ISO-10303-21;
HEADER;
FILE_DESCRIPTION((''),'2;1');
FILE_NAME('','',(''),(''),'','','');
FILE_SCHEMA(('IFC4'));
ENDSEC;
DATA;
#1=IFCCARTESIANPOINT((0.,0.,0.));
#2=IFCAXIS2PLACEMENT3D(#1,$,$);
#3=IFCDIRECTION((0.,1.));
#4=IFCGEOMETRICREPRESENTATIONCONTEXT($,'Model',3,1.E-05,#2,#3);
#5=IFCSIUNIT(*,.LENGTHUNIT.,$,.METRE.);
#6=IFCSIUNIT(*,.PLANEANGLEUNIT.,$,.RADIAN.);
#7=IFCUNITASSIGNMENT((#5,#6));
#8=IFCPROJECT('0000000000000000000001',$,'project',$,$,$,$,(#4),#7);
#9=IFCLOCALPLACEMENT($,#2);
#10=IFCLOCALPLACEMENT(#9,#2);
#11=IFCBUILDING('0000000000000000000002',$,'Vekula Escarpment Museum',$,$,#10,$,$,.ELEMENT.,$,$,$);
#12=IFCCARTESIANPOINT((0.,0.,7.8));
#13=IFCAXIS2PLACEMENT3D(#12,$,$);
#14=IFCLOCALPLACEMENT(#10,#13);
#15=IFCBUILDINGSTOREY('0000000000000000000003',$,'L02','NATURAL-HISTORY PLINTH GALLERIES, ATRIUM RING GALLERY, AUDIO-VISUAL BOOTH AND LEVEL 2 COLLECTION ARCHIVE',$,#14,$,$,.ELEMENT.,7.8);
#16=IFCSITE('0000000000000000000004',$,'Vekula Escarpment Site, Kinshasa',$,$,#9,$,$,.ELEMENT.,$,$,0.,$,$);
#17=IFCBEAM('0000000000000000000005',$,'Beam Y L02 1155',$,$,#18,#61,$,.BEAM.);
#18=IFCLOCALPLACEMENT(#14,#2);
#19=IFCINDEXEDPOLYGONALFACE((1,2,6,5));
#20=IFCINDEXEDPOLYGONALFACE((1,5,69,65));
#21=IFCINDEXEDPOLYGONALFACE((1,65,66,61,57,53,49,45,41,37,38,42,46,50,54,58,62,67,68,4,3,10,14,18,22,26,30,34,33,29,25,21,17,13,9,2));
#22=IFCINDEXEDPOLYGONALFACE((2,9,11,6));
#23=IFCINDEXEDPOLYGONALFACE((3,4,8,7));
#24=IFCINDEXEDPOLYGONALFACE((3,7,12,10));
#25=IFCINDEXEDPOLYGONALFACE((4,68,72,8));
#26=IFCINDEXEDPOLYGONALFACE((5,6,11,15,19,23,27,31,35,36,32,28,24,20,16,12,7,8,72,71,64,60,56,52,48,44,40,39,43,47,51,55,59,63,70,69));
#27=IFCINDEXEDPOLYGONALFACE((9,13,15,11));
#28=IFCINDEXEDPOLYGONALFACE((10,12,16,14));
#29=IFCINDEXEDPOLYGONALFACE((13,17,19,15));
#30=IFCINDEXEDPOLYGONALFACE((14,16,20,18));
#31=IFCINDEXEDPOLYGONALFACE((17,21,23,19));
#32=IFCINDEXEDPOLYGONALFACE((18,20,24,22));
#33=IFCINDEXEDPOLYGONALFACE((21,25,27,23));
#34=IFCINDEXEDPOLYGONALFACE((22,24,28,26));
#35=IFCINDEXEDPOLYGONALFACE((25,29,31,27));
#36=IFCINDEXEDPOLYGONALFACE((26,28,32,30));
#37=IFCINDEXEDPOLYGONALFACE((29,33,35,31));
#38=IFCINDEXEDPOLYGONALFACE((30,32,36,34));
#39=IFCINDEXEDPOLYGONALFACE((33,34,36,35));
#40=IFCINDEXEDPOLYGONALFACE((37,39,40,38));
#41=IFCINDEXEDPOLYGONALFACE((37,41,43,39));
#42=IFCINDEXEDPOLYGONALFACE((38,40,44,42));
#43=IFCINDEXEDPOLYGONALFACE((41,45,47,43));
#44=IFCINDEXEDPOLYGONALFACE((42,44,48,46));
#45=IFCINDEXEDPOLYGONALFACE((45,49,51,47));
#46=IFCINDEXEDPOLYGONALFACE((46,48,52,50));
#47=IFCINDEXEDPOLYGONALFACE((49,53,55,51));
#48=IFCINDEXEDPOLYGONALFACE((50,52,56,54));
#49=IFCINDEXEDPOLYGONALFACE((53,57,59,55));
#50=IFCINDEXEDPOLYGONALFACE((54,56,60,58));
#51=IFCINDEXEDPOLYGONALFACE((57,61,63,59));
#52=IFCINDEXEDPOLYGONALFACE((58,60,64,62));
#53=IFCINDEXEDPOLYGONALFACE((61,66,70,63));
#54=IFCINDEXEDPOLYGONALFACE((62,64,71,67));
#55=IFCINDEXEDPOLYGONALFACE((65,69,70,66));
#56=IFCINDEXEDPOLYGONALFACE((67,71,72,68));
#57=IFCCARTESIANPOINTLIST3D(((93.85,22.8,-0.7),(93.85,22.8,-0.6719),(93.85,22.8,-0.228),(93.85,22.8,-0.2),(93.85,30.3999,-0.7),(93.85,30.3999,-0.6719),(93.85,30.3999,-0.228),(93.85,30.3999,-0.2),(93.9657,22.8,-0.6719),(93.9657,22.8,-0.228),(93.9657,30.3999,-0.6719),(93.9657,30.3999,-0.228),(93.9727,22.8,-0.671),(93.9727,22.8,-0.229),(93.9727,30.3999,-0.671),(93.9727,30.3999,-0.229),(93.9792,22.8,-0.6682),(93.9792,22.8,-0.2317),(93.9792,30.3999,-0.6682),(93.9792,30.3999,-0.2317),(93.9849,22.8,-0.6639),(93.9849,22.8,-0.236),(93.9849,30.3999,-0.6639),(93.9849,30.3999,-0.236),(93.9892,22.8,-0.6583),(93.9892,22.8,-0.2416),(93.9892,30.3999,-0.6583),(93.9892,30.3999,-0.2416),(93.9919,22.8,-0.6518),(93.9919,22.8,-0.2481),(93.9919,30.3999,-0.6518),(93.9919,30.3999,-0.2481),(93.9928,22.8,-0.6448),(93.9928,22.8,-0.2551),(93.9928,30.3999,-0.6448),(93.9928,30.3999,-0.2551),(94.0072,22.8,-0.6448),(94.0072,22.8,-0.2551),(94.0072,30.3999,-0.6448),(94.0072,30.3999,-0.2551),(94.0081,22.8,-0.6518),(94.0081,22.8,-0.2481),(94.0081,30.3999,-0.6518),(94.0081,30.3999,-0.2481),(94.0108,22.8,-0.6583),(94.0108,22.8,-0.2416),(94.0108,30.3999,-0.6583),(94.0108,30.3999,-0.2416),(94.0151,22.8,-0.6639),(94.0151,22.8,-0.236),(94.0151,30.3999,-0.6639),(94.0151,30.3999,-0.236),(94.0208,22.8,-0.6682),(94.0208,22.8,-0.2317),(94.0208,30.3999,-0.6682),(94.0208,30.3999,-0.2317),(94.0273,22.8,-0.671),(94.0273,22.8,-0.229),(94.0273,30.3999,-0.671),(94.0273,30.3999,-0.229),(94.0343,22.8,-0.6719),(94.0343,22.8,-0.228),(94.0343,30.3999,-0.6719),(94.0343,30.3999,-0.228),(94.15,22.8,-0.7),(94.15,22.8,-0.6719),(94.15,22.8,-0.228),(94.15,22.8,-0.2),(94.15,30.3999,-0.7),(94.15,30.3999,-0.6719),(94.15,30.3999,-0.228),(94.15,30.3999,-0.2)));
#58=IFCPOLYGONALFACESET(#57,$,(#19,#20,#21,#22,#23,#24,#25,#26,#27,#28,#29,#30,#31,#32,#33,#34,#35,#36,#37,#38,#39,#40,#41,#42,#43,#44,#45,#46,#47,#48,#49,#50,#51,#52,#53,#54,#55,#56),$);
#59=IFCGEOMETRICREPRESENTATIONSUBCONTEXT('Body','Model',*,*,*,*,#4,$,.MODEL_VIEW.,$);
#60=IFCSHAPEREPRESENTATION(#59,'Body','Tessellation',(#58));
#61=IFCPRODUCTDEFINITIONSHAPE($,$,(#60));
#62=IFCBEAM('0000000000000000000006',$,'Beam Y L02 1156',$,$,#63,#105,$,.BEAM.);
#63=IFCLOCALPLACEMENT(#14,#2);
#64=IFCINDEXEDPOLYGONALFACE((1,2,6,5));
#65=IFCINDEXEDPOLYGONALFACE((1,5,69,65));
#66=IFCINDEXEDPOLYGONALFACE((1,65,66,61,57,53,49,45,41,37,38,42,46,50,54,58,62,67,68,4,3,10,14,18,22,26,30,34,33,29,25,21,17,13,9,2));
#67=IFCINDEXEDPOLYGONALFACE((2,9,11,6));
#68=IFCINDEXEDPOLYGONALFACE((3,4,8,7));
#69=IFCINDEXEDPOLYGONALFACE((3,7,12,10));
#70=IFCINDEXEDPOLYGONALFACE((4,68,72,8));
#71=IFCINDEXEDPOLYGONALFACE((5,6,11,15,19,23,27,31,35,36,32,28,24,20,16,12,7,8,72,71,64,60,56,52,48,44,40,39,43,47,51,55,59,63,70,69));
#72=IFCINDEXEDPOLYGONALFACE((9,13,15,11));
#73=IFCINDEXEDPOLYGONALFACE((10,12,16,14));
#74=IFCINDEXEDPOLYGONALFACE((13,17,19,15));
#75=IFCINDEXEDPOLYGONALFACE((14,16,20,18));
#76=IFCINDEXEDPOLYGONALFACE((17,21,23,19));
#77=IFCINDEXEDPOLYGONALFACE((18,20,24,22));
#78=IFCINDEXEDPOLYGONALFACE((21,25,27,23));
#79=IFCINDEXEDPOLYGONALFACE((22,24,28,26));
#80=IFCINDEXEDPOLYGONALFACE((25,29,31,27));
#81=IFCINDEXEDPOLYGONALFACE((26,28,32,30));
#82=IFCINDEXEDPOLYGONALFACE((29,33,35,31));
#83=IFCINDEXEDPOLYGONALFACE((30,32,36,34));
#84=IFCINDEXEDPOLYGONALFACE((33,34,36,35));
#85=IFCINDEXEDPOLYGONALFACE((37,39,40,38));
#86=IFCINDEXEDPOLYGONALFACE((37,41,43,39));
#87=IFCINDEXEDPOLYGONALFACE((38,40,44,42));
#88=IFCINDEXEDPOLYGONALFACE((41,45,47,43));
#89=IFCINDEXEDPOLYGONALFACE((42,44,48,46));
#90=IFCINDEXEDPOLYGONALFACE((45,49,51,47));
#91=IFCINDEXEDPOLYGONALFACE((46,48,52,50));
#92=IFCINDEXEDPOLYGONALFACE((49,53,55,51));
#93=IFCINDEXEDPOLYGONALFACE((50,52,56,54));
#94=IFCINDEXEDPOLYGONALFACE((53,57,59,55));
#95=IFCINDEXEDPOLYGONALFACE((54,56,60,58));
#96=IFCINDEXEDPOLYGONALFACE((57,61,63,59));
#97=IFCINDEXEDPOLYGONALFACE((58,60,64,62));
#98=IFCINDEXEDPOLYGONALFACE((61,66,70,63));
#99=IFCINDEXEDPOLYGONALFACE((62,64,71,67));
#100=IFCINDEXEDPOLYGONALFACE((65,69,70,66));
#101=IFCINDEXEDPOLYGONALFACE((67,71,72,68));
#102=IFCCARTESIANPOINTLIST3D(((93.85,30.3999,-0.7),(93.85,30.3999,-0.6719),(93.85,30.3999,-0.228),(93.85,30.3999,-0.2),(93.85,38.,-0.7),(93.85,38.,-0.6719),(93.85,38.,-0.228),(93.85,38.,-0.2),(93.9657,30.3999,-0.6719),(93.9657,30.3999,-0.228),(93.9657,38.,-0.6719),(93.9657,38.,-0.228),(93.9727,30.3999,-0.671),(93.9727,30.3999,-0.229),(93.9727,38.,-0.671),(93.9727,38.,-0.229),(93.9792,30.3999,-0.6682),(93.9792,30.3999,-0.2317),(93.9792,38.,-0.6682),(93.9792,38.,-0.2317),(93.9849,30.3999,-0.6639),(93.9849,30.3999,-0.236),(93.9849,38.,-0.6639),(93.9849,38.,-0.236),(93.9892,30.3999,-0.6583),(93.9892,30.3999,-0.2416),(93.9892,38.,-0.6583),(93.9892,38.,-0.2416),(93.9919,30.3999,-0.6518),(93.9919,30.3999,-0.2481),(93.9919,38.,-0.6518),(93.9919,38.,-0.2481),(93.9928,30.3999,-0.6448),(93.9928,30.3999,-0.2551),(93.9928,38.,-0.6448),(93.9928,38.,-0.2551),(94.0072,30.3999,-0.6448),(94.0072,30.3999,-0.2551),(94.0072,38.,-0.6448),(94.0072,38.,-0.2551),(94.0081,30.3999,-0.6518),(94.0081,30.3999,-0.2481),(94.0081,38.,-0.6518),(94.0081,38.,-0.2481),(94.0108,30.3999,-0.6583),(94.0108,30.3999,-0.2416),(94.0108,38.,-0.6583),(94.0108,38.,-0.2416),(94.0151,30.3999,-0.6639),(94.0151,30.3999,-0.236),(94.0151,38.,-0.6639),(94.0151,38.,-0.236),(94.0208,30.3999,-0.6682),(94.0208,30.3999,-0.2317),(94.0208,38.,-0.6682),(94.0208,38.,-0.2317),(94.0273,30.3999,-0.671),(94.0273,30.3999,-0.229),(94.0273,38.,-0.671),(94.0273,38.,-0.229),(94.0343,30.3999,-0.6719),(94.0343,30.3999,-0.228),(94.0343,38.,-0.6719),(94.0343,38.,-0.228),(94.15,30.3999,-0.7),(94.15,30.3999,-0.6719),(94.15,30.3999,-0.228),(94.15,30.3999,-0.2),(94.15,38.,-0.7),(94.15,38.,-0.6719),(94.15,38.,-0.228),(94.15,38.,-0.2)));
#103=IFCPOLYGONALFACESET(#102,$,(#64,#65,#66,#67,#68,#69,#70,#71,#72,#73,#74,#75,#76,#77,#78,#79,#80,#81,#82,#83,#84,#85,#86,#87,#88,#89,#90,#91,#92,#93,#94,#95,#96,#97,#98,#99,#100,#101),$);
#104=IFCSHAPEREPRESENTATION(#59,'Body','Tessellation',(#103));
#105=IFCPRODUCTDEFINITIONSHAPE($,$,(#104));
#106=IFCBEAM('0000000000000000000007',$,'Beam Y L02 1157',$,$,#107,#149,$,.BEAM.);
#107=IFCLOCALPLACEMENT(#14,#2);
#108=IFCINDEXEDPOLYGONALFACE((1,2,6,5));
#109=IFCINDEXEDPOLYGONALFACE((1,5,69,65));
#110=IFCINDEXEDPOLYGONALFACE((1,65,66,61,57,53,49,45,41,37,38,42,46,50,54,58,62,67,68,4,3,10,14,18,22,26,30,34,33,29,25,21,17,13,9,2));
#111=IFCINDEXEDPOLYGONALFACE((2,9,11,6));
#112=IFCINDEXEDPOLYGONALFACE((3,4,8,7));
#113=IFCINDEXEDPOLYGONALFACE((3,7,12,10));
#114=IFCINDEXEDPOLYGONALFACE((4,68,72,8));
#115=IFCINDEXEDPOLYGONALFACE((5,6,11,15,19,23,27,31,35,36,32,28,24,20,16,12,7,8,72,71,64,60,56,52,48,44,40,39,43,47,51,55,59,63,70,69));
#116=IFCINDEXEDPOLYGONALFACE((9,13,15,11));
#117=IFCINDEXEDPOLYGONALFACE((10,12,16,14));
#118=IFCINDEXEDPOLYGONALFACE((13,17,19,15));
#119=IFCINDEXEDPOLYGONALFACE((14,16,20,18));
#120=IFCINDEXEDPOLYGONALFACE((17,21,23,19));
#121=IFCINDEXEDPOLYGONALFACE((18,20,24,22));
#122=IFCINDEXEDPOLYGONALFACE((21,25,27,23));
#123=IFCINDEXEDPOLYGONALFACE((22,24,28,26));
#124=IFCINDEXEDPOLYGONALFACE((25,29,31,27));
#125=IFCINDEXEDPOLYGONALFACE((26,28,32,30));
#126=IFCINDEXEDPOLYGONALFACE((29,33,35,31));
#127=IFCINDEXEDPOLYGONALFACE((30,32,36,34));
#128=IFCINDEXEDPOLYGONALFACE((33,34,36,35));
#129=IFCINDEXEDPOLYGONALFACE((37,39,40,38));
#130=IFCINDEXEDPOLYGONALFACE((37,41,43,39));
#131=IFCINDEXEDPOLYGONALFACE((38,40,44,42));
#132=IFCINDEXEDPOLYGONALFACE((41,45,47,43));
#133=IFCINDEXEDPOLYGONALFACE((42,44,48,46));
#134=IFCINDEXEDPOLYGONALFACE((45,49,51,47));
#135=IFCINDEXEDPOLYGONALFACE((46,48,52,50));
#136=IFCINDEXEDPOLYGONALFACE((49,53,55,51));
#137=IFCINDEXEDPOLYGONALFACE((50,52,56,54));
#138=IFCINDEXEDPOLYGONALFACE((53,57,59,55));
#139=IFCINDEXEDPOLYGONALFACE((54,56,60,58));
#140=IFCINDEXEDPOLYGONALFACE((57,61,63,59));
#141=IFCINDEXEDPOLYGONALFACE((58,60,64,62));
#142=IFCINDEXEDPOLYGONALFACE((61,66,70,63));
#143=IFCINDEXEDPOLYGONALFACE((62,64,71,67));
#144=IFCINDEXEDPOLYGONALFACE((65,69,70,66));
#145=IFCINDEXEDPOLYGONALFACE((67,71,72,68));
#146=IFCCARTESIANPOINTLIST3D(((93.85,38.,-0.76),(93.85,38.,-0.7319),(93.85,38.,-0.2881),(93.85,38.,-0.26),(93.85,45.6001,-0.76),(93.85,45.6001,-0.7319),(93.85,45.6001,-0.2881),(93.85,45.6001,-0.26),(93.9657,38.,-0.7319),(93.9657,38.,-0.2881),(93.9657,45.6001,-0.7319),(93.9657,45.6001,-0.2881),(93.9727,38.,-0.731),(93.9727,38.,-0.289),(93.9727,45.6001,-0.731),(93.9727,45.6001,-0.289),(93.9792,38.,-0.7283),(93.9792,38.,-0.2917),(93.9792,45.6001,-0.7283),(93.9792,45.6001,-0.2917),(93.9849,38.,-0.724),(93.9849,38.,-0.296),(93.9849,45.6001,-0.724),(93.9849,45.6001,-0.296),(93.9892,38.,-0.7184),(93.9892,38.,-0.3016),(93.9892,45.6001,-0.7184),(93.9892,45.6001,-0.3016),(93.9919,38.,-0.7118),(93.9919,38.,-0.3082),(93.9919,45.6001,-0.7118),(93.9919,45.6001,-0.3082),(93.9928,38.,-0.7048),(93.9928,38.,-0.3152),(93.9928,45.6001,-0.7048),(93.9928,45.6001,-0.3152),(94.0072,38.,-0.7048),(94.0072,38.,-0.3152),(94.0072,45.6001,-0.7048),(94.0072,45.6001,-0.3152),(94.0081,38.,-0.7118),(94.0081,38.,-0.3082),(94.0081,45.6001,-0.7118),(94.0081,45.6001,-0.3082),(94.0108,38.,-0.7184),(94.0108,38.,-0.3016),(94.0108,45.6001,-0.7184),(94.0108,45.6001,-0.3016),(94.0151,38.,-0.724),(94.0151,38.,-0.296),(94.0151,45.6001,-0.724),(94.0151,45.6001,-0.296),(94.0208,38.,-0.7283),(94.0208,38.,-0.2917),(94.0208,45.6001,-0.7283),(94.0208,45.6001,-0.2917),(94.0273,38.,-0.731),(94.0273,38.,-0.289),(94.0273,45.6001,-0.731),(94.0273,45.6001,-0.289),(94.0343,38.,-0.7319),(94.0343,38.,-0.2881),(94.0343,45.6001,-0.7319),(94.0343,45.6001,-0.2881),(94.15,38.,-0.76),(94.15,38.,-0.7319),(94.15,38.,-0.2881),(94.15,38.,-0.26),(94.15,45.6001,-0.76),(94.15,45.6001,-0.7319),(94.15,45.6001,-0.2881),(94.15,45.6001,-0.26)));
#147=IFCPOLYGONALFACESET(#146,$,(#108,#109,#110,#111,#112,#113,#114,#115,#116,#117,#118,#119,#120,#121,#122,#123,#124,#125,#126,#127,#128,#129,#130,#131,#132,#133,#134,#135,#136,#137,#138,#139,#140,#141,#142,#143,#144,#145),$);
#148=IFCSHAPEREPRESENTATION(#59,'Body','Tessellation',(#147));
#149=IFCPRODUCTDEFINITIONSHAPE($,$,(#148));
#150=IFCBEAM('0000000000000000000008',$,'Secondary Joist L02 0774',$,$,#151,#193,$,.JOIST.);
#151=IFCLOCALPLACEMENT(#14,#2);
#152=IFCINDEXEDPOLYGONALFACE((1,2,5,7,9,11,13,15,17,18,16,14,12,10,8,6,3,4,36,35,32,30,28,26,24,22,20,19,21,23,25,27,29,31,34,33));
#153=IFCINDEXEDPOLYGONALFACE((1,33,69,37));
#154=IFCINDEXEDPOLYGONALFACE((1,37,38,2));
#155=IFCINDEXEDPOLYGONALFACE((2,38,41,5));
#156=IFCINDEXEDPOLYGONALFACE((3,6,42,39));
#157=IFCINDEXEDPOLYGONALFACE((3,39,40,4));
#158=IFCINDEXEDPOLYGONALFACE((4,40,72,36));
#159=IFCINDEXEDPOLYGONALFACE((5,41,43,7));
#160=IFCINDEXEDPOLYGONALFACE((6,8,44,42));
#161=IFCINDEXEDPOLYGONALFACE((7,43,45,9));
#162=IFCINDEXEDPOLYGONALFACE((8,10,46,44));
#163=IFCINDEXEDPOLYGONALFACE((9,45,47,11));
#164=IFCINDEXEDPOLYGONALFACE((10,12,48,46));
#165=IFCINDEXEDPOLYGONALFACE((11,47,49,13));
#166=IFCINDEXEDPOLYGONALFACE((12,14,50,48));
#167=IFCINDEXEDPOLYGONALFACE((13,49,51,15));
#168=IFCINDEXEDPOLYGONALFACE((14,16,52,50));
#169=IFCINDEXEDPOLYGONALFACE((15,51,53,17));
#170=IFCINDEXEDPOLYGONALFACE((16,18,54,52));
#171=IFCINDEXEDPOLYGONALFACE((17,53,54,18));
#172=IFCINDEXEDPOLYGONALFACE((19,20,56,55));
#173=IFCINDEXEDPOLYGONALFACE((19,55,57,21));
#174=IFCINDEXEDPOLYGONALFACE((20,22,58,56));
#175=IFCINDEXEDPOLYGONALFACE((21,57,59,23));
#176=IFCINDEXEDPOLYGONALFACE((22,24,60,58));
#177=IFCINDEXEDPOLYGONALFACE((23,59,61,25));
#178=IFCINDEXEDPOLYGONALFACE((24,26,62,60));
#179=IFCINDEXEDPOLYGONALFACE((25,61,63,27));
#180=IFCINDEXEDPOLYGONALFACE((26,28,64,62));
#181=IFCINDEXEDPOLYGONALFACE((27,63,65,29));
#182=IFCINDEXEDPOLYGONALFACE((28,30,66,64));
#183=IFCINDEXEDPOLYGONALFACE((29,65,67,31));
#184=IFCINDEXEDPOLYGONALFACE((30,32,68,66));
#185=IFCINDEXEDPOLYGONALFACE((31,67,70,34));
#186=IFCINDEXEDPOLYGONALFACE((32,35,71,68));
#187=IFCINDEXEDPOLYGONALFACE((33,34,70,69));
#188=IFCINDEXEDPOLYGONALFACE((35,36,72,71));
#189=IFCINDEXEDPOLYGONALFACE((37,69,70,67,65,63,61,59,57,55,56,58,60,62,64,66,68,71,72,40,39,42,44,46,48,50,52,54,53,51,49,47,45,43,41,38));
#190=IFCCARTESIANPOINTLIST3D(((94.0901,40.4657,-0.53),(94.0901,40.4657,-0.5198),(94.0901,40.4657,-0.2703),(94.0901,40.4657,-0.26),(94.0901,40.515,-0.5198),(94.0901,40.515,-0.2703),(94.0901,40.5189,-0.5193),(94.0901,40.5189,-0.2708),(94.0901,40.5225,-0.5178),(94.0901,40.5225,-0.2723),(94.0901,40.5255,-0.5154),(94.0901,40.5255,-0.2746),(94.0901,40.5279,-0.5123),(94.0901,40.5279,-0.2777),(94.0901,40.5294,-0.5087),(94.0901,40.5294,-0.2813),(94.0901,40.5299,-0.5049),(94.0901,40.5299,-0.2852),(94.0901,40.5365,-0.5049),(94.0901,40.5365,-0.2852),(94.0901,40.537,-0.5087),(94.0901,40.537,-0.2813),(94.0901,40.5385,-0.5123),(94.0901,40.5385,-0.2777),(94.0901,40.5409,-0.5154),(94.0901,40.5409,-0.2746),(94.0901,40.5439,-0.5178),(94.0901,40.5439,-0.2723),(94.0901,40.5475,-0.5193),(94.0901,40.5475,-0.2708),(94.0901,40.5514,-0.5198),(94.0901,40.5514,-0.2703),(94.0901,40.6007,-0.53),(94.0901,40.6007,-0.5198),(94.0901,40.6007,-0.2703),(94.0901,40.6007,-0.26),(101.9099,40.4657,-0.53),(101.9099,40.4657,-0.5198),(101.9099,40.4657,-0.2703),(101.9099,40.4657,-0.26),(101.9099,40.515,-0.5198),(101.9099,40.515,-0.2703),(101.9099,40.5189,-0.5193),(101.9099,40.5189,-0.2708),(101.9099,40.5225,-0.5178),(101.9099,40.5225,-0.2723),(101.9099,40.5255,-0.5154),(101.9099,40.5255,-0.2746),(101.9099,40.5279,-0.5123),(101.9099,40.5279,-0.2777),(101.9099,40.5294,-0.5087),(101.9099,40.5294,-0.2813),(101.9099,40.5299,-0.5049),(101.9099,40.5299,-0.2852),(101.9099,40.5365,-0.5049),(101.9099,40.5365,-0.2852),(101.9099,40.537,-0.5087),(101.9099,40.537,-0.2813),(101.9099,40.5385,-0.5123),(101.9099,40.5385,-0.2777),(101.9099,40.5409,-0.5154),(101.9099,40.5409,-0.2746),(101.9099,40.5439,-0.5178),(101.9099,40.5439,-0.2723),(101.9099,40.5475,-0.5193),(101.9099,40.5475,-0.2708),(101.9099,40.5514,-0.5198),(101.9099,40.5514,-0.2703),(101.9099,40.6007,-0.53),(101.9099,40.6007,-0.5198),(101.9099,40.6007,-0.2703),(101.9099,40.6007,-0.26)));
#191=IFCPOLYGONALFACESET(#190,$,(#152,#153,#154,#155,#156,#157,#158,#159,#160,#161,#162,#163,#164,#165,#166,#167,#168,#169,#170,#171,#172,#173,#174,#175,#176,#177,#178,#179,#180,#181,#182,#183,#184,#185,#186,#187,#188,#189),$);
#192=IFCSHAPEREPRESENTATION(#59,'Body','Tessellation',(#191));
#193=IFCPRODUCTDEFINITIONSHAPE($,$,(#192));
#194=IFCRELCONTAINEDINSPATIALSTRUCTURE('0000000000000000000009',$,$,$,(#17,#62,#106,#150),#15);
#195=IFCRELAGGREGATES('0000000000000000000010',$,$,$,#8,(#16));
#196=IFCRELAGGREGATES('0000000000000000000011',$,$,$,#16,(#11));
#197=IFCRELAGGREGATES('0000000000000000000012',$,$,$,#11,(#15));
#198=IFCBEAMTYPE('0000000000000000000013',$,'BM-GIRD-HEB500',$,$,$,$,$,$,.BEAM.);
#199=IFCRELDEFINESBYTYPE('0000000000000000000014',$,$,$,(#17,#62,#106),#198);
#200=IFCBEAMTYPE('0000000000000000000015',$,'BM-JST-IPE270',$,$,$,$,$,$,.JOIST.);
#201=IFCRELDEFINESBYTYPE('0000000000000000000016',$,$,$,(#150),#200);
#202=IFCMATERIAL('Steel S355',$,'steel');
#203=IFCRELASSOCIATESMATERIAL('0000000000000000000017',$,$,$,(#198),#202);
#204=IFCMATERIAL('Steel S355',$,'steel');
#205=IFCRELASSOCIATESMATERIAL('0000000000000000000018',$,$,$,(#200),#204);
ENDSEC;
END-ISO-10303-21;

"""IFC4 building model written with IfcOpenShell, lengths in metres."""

from ifc_helpers import new_model, si_unit, direction, frame, origin, origin_2d, place, context, subcontext, project, spatial, i_section, extrude, material, material_profile, profile_set, type_object, element, save


model = new_model("IFC4")

# Units and contexts
model_context = context("Model", 3, precision=1e-05, world=origin(), true_north=direction((0.0, 1.0)))
body_context = subcontext(model_context, "Body", "Model", "MODEL_VIEW")
ifc_project = project(units=[si_unit("LENGTHUNIT", "METRE"), si_unit("PLANEANGLEUNIT", "RADIAN")], contexts=[model_context])

# Site, building, storey
site_placement = place(None, origin())
site = spatial("IfcSite", under=ifc_project, at=site_placement, Name="Vekula Escarpment Site, Kinshasa", CompositionType="ELEMENT", RefElevation=0.0)
building_placement = place(site_placement, origin())
building = spatial("IfcBuilding", under=site, at=building_placement, Name="Vekula Escarpment Museum", CompositionType="ELEMENT")
storey_placement = place(building_placement, frame((0.0, 0.0, 7.8)))
storey = spatial("IfcBuildingStorey", under=building, at=storey_placement, Name="L02", Description="NATURAL-HISTORY PLINTH GALLERIES, ATRIUM RING GALLERY, AUDIO-VISUAL BOOTH AND LEVEL 2 COLLECTION ARCHIVE", CompositionType="ELEMENT", Elevation=7.8)

# Beams
ifc_material_1 = material(Name="Steel S355", Category="steel")
ifc_material_profile_1 = material_profile(ifc_material_1, i_section(OverallWidth=0.3, OverallDepth=0.5, WebThickness=0.0144, FlangeThickness=0.0281, FilletRadius=0.0271, at=origin_2d()), Name="HEB 500")
ifc_profile_set_1 = profile_set([ifc_material_profile_1], Name="Steel S355")
beam_type_1 = type_object("IfcBeamType", Name="BM-GIRD-HEB500", PredefinedType="BEAM", material=ifc_profile_set_1)
beam_1_placement = place(storey_placement, frame((94.0, 22.8, -0.45), z_axis=(0.0, 1.0, 0.0), x_axis=(-1.0, 0.0, 0.0)))
element("IfcBeam", 1, at=beam_1_placement, inside=storey, type_object=beam_type_1, Name="Beam Y L02 1155", PredefinedType="BEAM", context=body_context, shape_type="SweptSolid", body=[
    extrude(i_section(OverallWidth=0.3, OverallDepth=0.5, WebThickness=0.0144, FlangeThickness=0.0281, FilletRadius=0.0271, at=origin_2d()), origin(), (0.0, 0.0, 1.0), 7.5999),
])
for number, where, z_axis, x_axis, name in (
    (2, (94.0, 30.3999, -0.45), (0.0, 1.0, 0.0), (-1.0, 0.0, 0.0), "Beam Y L02 1156"),
    (3, (94.0, 38.0, -0.51), (0.0, 1.0, 0.0), (-1.0, 0.0, 0.0), "Beam Y L02 1157"),
):
    element("IfcBeam", number, at=place(storey_placement, frame(where, z_axis=z_axis, x_axis=x_axis)), inside=storey, type_object=beam_type_1, Name=name, PredefinedType="BEAM", context=body_context, shape_type="SweptSolid", body=[
        extrude(i_section(OverallWidth=0.3, OverallDepth=0.5, WebThickness=0.0144, FlangeThickness=0.0281, FilletRadius=0.0271, at=origin_2d()), origin(), (0.0, 0.0, 1.0), 7.6001),
    ])
ifc_material_2 = material(Name="Steel S355", Category="steel")
ifc_material_profile_2 = material_profile(ifc_material_2, i_section(OverallWidth=0.135, OverallDepth=0.27, WebThickness=0.0066, FlangeThickness=0.0103, FilletRadius=0.0149, at=origin_2d()), Name="IPE 270")
ifc_profile_set_2 = profile_set([ifc_material_profile_2], Name="Steel S355")
beam_type_2 = type_object("IfcBeamType", Name="BM-JST-IPE270", PredefinedType="JOIST", material=ifc_profile_set_2)
for number, where, z_axis, x_axis, name in (
    (4, (94.0901, 40.5332, -0.395), (1.0, 0.0, 0.0), (0.0, 1.0, 0.0), "Secondary Joist L02 0774"),
):
    element("IfcBeam", number, at=place(storey_placement, frame(where, z_axis=z_axis, x_axis=x_axis)), inside=storey, type_object=beam_type_2, Name=name, PredefinedType="JOIST", context=body_context, shape_type="SweptSolid", body=[
        extrude(i_section(OverallWidth=0.135, OverallDepth=0.27, WebThickness=0.0066, FlangeThickness=0.0103, FilletRadius=0.0149, at=origin_2d()), origin(), (0.0, 0.0, 1.0), 7.8198),
    ])

save(model, "model.ifc")
